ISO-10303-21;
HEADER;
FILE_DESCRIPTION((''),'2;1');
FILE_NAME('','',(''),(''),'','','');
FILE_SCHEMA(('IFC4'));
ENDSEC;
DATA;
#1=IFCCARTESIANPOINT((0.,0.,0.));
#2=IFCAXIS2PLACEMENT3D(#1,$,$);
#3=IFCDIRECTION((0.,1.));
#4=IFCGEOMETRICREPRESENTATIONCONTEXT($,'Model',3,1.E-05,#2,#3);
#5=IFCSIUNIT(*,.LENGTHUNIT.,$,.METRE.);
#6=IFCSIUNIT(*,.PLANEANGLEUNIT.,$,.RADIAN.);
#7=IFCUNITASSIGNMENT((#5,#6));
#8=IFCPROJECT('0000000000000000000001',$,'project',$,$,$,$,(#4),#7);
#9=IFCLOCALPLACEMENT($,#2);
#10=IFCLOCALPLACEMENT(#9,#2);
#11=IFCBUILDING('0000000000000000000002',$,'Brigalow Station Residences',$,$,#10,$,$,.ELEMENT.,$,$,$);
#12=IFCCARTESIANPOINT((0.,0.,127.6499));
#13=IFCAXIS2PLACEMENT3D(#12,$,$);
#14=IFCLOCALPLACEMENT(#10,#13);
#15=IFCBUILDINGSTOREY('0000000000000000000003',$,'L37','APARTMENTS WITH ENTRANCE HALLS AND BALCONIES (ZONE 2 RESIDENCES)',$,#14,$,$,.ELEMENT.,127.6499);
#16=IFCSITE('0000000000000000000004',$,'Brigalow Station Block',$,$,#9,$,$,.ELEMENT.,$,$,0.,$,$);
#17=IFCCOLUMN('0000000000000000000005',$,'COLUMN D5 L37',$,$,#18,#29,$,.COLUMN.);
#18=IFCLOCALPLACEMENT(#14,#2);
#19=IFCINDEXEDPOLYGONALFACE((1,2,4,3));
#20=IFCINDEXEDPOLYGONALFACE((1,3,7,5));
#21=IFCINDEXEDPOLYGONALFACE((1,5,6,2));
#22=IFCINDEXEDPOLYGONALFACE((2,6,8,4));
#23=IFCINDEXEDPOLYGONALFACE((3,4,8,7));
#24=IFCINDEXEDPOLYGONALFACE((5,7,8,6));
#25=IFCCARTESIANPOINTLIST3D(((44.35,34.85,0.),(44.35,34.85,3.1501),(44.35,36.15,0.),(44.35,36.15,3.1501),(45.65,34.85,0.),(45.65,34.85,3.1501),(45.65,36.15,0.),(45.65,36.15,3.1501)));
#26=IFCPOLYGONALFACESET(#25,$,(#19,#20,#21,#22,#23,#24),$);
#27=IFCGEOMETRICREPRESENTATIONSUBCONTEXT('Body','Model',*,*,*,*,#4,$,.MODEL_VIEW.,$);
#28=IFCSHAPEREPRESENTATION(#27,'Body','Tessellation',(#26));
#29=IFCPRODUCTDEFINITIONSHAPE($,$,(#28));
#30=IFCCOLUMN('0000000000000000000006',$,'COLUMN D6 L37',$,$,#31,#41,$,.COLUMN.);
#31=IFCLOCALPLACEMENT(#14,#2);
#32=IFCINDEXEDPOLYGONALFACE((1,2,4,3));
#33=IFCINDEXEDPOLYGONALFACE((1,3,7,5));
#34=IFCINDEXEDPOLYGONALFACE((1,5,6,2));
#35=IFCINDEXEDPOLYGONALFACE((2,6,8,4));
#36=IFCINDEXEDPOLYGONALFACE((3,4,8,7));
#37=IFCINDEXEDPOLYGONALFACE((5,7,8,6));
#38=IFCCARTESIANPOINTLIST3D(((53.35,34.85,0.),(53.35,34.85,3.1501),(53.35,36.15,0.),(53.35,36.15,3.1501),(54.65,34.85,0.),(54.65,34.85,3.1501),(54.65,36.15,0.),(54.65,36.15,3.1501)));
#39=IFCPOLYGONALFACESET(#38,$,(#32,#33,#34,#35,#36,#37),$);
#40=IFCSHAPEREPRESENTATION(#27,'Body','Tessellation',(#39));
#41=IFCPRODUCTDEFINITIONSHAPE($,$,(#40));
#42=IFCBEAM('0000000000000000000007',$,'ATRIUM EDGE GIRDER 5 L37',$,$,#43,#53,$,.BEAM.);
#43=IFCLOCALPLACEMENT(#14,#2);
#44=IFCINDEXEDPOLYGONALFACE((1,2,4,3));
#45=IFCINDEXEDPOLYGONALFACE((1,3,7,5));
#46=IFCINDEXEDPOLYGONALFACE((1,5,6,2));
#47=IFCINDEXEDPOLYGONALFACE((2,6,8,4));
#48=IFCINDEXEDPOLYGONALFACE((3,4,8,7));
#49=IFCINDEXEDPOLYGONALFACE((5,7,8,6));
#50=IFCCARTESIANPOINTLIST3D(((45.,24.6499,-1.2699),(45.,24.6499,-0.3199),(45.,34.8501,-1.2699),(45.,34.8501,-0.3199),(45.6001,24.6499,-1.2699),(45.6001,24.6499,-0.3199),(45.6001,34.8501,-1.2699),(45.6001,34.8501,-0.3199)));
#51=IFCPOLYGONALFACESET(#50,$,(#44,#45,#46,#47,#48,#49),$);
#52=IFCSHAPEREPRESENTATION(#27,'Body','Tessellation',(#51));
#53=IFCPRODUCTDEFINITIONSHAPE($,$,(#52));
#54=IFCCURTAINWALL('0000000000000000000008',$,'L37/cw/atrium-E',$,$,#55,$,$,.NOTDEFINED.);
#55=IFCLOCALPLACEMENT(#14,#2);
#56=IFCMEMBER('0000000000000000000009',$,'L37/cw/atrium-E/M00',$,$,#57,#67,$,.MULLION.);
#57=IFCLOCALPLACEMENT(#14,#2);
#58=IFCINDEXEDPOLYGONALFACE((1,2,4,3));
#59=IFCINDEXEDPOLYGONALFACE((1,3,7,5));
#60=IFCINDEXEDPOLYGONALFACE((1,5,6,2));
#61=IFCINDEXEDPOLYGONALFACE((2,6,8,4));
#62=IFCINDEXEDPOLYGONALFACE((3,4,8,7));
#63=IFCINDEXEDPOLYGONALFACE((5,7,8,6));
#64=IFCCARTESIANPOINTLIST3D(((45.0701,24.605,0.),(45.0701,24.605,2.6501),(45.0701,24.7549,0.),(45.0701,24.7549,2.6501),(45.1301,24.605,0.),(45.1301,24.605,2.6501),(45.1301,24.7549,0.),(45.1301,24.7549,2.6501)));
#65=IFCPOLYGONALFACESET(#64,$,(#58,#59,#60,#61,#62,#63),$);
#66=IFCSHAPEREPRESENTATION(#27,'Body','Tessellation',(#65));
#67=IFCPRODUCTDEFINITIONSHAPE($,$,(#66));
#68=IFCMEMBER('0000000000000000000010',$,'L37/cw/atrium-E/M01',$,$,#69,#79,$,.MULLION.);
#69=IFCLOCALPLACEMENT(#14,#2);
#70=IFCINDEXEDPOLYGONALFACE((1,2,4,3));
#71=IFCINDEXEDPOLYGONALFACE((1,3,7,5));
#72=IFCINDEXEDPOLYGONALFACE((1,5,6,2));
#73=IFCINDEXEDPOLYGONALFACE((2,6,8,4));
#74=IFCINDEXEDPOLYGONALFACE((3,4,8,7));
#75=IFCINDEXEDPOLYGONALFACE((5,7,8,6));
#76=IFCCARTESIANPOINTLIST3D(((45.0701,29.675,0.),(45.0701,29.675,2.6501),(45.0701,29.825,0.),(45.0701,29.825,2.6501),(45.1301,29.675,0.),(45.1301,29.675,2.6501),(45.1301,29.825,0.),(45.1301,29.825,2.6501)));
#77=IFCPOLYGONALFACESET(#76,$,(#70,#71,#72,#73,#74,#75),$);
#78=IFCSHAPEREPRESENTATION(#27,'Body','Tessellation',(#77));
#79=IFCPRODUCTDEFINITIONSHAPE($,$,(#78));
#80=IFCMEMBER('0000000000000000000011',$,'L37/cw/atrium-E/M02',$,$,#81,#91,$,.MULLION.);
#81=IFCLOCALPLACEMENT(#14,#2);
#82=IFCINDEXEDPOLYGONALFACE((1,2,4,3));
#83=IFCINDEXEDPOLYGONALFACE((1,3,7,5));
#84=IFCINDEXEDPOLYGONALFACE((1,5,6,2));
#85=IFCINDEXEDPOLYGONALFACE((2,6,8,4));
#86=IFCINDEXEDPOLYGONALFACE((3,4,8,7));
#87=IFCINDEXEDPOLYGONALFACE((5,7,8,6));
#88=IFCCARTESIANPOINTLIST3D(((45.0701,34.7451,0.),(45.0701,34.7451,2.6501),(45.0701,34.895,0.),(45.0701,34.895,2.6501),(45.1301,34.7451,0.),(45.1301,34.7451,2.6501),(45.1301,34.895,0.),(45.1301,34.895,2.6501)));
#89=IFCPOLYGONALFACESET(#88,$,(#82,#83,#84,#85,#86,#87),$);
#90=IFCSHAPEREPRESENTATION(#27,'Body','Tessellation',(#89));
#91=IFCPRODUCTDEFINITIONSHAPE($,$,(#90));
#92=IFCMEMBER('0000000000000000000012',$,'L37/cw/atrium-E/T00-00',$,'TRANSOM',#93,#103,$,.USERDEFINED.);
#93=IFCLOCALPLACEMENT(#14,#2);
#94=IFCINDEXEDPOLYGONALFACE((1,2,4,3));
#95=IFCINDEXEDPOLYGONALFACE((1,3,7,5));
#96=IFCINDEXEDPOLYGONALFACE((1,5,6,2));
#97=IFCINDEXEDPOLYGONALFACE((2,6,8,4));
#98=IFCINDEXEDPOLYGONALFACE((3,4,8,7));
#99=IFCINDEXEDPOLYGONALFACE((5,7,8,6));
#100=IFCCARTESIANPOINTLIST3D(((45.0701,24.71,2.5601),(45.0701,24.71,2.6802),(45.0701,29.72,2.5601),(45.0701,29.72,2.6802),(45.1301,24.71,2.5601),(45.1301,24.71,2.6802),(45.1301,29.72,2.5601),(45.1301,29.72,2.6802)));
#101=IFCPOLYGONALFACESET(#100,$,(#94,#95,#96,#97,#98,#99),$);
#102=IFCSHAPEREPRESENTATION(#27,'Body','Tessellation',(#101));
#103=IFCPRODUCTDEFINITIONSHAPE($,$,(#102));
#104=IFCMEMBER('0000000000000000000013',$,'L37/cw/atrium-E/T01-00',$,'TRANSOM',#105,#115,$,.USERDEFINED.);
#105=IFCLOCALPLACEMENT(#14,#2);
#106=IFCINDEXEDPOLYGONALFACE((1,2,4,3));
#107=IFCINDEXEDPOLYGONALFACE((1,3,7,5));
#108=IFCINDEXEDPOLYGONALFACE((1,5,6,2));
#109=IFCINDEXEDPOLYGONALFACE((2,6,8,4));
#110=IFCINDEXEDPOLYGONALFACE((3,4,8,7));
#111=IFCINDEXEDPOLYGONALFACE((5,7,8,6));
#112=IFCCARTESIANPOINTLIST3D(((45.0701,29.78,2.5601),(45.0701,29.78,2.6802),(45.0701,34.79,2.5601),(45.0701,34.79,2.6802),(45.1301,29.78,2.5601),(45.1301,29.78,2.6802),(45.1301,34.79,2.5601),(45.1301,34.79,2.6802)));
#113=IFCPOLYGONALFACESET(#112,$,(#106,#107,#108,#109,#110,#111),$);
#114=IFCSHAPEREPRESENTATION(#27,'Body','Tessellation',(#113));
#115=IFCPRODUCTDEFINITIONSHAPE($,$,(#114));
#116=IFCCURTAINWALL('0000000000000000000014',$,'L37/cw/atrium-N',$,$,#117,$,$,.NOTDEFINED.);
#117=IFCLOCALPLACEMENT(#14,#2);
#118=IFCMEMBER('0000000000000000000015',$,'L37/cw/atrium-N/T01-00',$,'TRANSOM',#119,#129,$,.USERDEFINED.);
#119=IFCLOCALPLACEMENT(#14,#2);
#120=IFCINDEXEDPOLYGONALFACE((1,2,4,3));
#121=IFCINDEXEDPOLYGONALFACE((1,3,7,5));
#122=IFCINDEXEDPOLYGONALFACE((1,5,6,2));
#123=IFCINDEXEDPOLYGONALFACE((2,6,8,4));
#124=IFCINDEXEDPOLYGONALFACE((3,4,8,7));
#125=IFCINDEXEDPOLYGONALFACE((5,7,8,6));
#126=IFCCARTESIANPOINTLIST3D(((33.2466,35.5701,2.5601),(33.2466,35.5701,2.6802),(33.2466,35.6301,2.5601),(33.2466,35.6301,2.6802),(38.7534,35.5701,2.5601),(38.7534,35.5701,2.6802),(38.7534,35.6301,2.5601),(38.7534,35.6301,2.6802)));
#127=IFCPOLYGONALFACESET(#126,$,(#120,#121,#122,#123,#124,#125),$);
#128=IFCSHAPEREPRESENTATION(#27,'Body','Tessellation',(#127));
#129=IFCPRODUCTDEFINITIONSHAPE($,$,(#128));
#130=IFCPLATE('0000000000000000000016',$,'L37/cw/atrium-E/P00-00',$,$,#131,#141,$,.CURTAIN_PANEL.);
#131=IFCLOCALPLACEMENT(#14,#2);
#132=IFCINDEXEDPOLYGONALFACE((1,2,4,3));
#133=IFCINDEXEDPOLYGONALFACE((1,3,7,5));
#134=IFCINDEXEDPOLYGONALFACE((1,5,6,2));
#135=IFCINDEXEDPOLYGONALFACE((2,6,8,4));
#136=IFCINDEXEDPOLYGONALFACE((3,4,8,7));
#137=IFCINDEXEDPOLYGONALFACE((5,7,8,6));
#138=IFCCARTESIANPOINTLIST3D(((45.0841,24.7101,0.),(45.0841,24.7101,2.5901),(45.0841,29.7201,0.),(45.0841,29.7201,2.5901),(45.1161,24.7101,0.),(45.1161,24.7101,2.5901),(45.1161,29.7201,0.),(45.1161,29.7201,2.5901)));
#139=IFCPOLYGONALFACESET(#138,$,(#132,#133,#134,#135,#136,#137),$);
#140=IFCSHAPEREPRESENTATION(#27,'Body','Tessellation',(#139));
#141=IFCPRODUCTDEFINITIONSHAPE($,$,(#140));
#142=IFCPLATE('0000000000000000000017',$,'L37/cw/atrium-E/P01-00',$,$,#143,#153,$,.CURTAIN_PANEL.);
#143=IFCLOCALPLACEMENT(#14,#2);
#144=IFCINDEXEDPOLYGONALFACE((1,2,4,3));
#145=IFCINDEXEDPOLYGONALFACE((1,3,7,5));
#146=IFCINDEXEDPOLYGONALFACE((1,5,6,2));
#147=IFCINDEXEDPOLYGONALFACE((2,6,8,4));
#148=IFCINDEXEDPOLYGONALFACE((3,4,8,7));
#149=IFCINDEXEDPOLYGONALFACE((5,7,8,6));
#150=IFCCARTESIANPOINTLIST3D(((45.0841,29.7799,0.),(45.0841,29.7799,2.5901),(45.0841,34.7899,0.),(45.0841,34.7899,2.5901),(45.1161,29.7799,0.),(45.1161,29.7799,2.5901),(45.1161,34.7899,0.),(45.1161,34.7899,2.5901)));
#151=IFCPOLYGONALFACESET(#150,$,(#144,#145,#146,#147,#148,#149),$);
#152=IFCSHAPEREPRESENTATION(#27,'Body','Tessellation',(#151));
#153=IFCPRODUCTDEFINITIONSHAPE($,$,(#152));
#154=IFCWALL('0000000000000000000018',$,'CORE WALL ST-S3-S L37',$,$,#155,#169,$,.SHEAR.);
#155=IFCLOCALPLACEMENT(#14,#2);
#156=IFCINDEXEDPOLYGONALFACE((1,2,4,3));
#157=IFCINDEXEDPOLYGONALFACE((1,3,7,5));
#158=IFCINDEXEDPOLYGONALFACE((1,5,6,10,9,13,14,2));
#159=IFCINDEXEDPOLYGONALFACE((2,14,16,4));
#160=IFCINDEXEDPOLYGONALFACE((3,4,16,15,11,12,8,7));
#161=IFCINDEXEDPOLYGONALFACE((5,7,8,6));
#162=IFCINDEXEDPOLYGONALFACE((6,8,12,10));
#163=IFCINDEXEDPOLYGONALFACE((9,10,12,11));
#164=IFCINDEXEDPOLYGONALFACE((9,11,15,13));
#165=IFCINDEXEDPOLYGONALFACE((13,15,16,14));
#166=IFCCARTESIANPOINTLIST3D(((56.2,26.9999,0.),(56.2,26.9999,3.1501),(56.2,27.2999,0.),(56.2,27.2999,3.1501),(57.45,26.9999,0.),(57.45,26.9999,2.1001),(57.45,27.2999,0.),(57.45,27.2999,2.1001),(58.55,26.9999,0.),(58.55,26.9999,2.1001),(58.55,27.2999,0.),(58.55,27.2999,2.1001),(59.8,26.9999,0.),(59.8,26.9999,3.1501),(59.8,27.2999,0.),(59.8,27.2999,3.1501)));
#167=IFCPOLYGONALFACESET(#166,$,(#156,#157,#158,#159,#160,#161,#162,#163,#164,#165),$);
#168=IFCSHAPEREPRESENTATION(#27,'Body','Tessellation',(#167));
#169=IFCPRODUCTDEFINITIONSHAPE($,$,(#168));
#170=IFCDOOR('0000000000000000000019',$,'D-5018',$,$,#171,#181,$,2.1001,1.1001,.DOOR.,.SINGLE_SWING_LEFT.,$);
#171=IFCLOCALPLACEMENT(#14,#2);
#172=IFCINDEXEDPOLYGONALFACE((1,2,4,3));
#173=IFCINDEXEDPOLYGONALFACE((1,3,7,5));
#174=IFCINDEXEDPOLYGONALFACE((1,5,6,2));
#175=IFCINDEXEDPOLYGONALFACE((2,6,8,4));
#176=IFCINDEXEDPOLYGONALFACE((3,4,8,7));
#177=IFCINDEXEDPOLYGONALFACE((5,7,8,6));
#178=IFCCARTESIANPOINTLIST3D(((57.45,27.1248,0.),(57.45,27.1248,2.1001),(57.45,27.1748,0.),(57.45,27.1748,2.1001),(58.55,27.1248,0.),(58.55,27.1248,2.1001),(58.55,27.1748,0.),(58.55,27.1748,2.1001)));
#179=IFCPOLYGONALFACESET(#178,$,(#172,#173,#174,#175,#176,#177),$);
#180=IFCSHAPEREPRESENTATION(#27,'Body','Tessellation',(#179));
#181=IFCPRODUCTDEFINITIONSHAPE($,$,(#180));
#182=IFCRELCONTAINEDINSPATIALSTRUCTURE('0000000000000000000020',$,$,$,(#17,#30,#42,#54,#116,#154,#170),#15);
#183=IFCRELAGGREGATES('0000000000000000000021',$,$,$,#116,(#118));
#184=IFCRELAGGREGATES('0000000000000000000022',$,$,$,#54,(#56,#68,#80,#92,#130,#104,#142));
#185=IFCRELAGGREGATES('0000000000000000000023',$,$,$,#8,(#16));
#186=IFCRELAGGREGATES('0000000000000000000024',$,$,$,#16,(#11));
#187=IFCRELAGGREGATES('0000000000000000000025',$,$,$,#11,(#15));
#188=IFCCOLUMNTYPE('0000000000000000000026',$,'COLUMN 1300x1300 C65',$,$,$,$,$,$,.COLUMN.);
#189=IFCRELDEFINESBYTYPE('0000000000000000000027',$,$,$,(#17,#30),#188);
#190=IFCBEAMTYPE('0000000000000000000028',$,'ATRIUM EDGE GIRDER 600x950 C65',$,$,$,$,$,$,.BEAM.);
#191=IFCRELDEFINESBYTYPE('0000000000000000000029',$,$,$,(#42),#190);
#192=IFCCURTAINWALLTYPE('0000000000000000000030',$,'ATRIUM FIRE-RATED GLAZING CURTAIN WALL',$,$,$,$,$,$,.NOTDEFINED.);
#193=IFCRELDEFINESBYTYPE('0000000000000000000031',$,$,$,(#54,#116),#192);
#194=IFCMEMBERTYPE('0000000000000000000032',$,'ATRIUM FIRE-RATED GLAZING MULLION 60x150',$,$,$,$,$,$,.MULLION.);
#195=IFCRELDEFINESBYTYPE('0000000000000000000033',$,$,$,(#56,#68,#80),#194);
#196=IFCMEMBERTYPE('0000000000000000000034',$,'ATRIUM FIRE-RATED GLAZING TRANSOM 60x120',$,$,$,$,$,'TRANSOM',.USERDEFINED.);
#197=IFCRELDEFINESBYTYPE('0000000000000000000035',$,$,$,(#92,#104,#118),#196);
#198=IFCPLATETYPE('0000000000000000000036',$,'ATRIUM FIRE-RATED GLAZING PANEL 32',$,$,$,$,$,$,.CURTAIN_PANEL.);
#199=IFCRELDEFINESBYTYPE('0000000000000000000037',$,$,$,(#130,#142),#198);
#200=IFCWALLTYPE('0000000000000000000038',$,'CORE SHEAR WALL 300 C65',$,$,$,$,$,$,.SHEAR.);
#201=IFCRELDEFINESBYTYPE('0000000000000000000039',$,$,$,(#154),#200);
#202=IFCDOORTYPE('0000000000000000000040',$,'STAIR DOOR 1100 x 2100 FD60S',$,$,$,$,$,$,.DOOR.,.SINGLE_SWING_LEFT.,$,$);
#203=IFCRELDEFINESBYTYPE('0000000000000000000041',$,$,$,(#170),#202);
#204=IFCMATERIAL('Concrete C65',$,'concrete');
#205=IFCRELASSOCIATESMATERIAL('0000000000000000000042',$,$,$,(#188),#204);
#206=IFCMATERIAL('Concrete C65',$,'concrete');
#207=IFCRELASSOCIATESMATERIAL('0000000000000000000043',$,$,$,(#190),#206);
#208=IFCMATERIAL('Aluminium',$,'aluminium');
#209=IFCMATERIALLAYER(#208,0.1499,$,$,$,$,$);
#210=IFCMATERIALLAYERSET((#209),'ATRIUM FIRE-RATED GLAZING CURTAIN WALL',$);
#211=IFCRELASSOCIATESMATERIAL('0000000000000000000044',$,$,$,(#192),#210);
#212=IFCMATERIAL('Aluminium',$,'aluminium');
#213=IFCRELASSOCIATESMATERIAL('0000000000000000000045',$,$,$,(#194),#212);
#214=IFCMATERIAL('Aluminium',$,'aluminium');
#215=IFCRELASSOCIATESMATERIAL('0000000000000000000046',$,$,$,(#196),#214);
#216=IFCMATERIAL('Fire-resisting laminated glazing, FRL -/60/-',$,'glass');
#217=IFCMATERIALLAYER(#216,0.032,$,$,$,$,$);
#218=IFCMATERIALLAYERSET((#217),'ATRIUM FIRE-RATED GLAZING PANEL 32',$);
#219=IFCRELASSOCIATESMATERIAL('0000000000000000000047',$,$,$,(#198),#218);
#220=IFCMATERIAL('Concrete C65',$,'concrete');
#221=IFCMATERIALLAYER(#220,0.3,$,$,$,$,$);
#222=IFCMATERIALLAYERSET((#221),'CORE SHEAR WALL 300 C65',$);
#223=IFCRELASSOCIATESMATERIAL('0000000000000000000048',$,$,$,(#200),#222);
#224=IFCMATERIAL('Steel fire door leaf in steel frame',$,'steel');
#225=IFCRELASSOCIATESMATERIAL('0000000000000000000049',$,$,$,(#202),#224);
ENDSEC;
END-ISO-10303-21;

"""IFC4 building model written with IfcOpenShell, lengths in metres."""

from ifc_helpers import new_model, si_unit, direction, frame, frame_2d, origin, origin_2d, place, context, subcontext, project, spatial, rectangle, extrude, material, layer, layer_set, material_profile, profile_set, type_object, element, fill, aggregate, save


model = new_model("IFC4")

# Units and contexts
model_context = context("Model", 3, precision=1e-05, world=origin(), true_north=direction((0.0, 1.0)))
body_context = subcontext(model_context, "Body", "Model", "MODEL_VIEW")
ifc_project = project(units=[si_unit("LENGTHUNIT", "METRE"), si_unit("PLANEANGLEUNIT", "RADIAN")], contexts=[model_context])

# Site, building, storey
site_placement = place(None, origin())
site = spatial("IfcSite", under=ifc_project, at=site_placement, Name="Brigalow Station Block", CompositionType="ELEMENT", RefElevation=0.0)
building_placement = place(site_placement, origin())
building = spatial("IfcBuilding", under=site, at=building_placement, Name="Brigalow Station Residences", CompositionType="ELEMENT")
storey_placement = place(building_placement, frame((0.0, 0.0, 127.6499)))
storey = spatial("IfcBuildingStorey", under=building, at=storey_placement, Name="L37", Description="APARTMENTS WITH ENTRANCE HALLS AND BALCONIES (ZONE 2 RESIDENCES)", CompositionType="ELEMENT", Elevation=127.6499)

# Columns
ifc_material_1 = material(Name="Concrete C65", Category="concrete")
ifc_material_profile_1 = material_profile(ifc_material_1, rectangle(XDim=1.3, YDim=1.3, at=origin_2d()), Name="RC1300x1300")
ifc_profile_set_1 = profile_set([ifc_material_profile_1], Name="Concrete C65")
column_type = type_object("IfcColumnType", Name="COLUMN 1300x1300 C65", PredefinedType="COLUMN", material=ifc_profile_set_1)
for number, where, z_axis, x_axis, name in (
    (1, (45.0, 35.5, 0.0), (0.0, 0.0, 1.0), (1.0, 0.0, 0.0), "COLUMN D5 L37"),
    (2, (54.0, 35.5, 0.0), (0.0, 0.0, 1.0), (1.0, 0.0, 0.0), "COLUMN D6 L37"),
):
    element("IfcColumn", number, at=place(storey_placement, frame(where, z_axis=z_axis, x_axis=x_axis)), inside=storey, type_object=column_type, Name=name, PredefinedType="COLUMN", context=body_context, shape_type="SweptSolid", body=[
        extrude(rectangle(XDim=1.3, YDim=1.3, at=origin_2d()), origin(), (0.0, 0.0, 1.0), 3.1501),
    ])

# Beam
ifc_material_2 = material(Name="Concrete C65", Category="concrete")
ifc_material_profile_2 = material_profile(ifc_material_2, rectangle(XDim=0.6001, YDim=0.95, at=origin_2d()), Name="RC600x950")
ifc_profile_set_2 = profile_set([ifc_material_profile_2], Name="Concrete C65")
beam_type = type_object("IfcBeamType", Name="ATRIUM EDGE GIRDER 600x950 C65", PredefinedType="BEAM", material=ifc_profile_set_2)
beam_placement = place(storey_placement, frame((45.3, 24.6499, -0.7949), z_axis=(0.0, 1.0, 0.0), x_axis=(-1.0, 0.0, 0.0)))
element("IfcBeam", 3, at=beam_placement, inside=storey, type_object=beam_type, Name="ATRIUM EDGE GIRDER 5 L37", PredefinedType="BEAM", context=body_context, shape_type="SweptSolid", body=[
    extrude(rectangle(XDim=0.6001, YDim=0.95, at=origin_2d()), origin(), (0.0, 0.0, 1.0), 10.2002),
])

# Curtain wall, members
ifc_material_3 = material(Name="Aluminium", Category="aluminium")
ifc_layer_1 = layer(ifc_material_3, 0.1499)
ifc_layer_set_1 = layer_set([ifc_layer_1], Name="ATRIUM FIRE-RATED GLAZING CURTAIN WALL")
curtain_wall_type = type_object("IfcCurtainWallType", Name="ATRIUM FIRE-RATED GLAZING CURTAIN WALL", PredefinedType="NOTDEFINED", material=ifc_layer_set_1)
curtain_wall_1_placement = place(storey_placement, origin())
curtain_wall_1 = element("IfcCurtainWall", 4, at=curtain_wall_1_placement, inside=storey, type_object=curtain_wall_type, Name="L37/cw/atrium-E", PredefinedType="NOTDEFINED")
ifc_material_4 = material(Name="Aluminium", Category="aluminium")
ifc_material_profile_3 = material_profile(ifc_material_4, rectangle(XDim=0.0601, YDim=0.1499, at=origin_2d()), Name="ATRIUM FIRE-RATED GLAZING MULLION 60x150")
ifc_profile_set_3 = profile_set([ifc_material_profile_3], Name="Aluminium")
member_type_1 = type_object("IfcMemberType", Name="ATRIUM FIRE-RATED GLAZING MULLION 60x150", PredefinedType="MULLION", material=ifc_profile_set_3)
member_1_placement = place(storey_placement, frame((45.1001, 24.6799, 0.0), z_axis=(0.0, 0.0, 1.0), x_axis=(-1.0, 0.0, 0.0)))
member_1 = element("IfcMember", 5, at=member_1_placement, type_object=member_type_1, Name="L37/cw/atrium-E/M00", PredefinedType="MULLION", context=body_context, shape_type="SweptSolid", body=[
    extrude(rectangle(XDim=0.0601, YDim=0.1499, at=origin_2d()), origin(), (0.0, 0.0, 1.0), 2.6501),
])
member_2_placement = place(storey_placement, frame((45.1001, 29.75, 0.0), z_axis=(0.0, 0.0, 1.0), x_axis=(-1.0, 0.0, 0.0)))
member_2 = element("IfcMember", 6, at=member_2_placement, type_object=member_type_1, Name="L37/cw/atrium-E/M01", PredefinedType="MULLION", context=body_context, shape_type="SweptSolid", body=[
    extrude(rectangle(XDim=0.0601, YDim=0.1499, at=origin_2d()), origin(), (0.0, 0.0, 1.0), 2.6501),
])
member_3_placement = place(storey_placement, frame((45.1001, 34.8201, 0.0), z_axis=(0.0, 0.0, 1.0), x_axis=(-1.0, 0.0, 0.0)))
member_3 = element("IfcMember", 7, at=member_3_placement, type_object=member_type_1, Name="L37/cw/atrium-E/M02", PredefinedType="MULLION", context=body_context, shape_type="SweptSolid", body=[
    extrude(rectangle(XDim=0.0601, YDim=0.1499, at=origin_2d()), origin(), (0.0, 0.0, 1.0), 2.6501),
])
ifc_material_5 = material(Name="Aluminium", Category="aluminium")
ifc_material_profile_4 = material_profile(ifc_material_5, rectangle(XDim=0.0601, YDim=0.1201, at=origin_2d()), Name="ATRIUM FIRE-RATED GLAZING TRANSOM 60x120")
ifc_profile_set_4 = profile_set([ifc_material_profile_4], Name="Aluminium")
member_type_2 = type_object("IfcMemberType", Name="ATRIUM FIRE-RATED GLAZING TRANSOM 60x120", ElementType="TRANSOM", PredefinedType="USERDEFINED", material=ifc_profile_set_4)
member_4_placement = place(storey_placement, frame((45.1001, 24.71, 2.6201), z_axis=(0.0, 1.0, 0.0), x_axis=(-1.0, 0.0, 0.0)))
member_4 = element("IfcMember", 8, at=member_4_placement, type_object=member_type_2, Name="L37/cw/atrium-E/T00-00", ObjectType="TRANSOM", PredefinedType="USERDEFINED", context=body_context, shape_type="SweptSolid", body=[
    extrude(rectangle(XDim=0.0601, YDim=0.1201, at=origin_2d()), origin(), (0.0, 0.0, 1.0), 5.01),
])
member_5_placement = place(storey_placement, frame((45.1001, 29.78, 2.6201), z_axis=(0.0, 1.0, 0.0), x_axis=(-1.0, 0.0, 0.0)))
member_5 = element("IfcMember", 9, at=member_5_placement, type_object=member_type_2, Name="L37/cw/atrium-E/T01-00", ObjectType="TRANSOM", PredefinedType="USERDEFINED", context=body_context, shape_type="SweptSolid", body=[
    extrude(rectangle(XDim=0.0601, YDim=0.1201, at=origin_2d()), origin(), (0.0, 0.0, 1.0), 5.01),
])

# Curtain wall, member
curtain_wall_2_placement = place(storey_placement, origin())
curtain_wall_2 = element("IfcCurtainWall", 10, at=curtain_wall_2_placement, inside=storey, type_object=curtain_wall_type, Name="L37/cw/atrium-N", PredefinedType="NOTDEFINED")
member_6_placement = place(storey_placement, frame((38.7534, 35.6001, 2.6201), z_axis=(-1.0, 0.0, 0.0), x_axis=(0.0, -1.0, 0.0)))
member_6 = element("IfcMember", 11, at=member_6_placement, type_object=member_type_2, Name="L37/cw/atrium-N/T01-00", ObjectType="TRANSOM", PredefinedType="USERDEFINED", context=body_context, shape_type="SweptSolid", body=[
    extrude(rectangle(XDim=0.0601, YDim=0.1201, at=origin_2d()), origin(), (0.0, 0.0, 1.0), 5.5068),
])
aggregate(curtain_wall_2, [member_6])

# Plates
ifc_material_6 = material(Name="Fire-resisting laminated glazing, FRL -/60/-", Category="glass")
ifc_layer_2 = layer(ifc_material_6, 0.032)
ifc_layer_set_2 = layer_set([ifc_layer_2], Name="ATRIUM FIRE-RATED GLAZING PANEL 32")
plate_type = type_object("IfcPlateType", Name="ATRIUM FIRE-RATED GLAZING PANEL 32", PredefinedType="CURTAIN_PANEL", material=ifc_layer_set_2)
plate_1_placement = place(storey_placement, frame((45.1001, 27.2151, 0.0), z_axis=(0.0, 0.0, 1.0), x_axis=(0.0, 1.0, 0.0)))
plate_1 = element("IfcPlate", 12, at=plate_1_placement, type_object=plate_type, Name="L37/cw/atrium-E/P00-00", PredefinedType="CURTAIN_PANEL", context=body_context, shape_type="SweptSolid", body=[
    extrude(rectangle(XDim=5.01, YDim=0.032, at=origin_2d()), origin(), (0.0, 0.0, 1.0), 2.5901),
])
plate_2_placement = place(storey_placement, frame((45.1001, 32.2849, 0.0), z_axis=(0.0, 0.0, 1.0), x_axis=(0.0, 1.0, 0.0)))
plate_2 = element("IfcPlate", 13, at=plate_2_placement, type_object=plate_type, Name="L37/cw/atrium-E/P01-00", PredefinedType="CURTAIN_PANEL", context=body_context, shape_type="SweptSolid", body=[
    extrude(rectangle(XDim=5.01, YDim=0.032, at=origin_2d()), origin(), (0.0, 0.0, 1.0), 2.5901),
])
aggregate(curtain_wall_1, [member_1, member_2, member_3, member_4, plate_1, member_5, plate_2])

# Wall, opening, door
ifc_material_7 = material(Name="Concrete C65", Category="concrete")
ifc_layer_3 = layer(ifc_material_7, 0.3)
ifc_layer_set_3 = layer_set([ifc_layer_3], Name="CORE SHEAR WALL 300 C65")
wall_type_1 = type_object("IfcWallType", Name="CORE SHEAR WALL 300 C65", PredefinedType="SHEAR", material=ifc_layer_set_3)
wall_1_placement = place(storey_placement, frame((56.2, 27.1499, 0.0), z_axis=(0.0, 0.0, 1.0), x_axis=(1.0, 0.0, 0.0)))
wall_1 = element("IfcWall", 14, at=wall_1_placement, inside=storey, type_object=wall_type_1, Name="CORE WALL ST-S3-S L37", PredefinedType="SHEAR", context=body_context, shape_type="SweptSolid", body=[
    extrude(rectangle(XDim=3.6001, YDim=0.3, at=frame_2d((1.8, 0.0))), origin(), (0.0, 0.0, 1.0), 3.1501),
])
opening_1_placement = place(wall_1_placement, frame((1.25, 0.0, 0.0)))
opening_1 = element("IfcOpeningElement", 15, at=opening_1_placement, cuts=wall_1, PredefinedType="OPENING", context=body_context, shape_type="SweptSolid", body=[
    extrude(rectangle(XDim=1.1001, YDim=2.1001, at=frame_2d((0.55, 1.05))), frame((0.0, 0.1602, 0.0), z_axis=(0.0, -1.0, 0.0), x_axis=(1.0, 0.0, 0.0)), (0.0, 0.0, 1.0), 0.3201),
])
ifc_material_8 = material(Name="Steel fire door leaf in steel frame", Category="steel")
door_type_1 = type_object("IfcDoorType", Name="STAIR DOOR 1100 x 2100 FD60S", OperationType="SINGLE_SWING_LEFT", PredefinedType="DOOR", material=ifc_material_8)
door_1_placement = place(opening_1_placement, origin())
door_1 = element("IfcDoor", 16, at=door_1_placement, inside=storey, type_object=door_type_1, Name="D-5018", OperationType="SINGLE_SWING_LEFT", OverallHeight=2.1001, OverallWidth=1.1001, PredefinedType="DOOR", context=body_context, shape_type="SweptSolid", body=[
    extrude(rectangle(XDim=1.1001, YDim=2.1001, at=frame_2d((0.55, 1.05))), frame((0.0, 0.0249, 0.0), z_axis=(0.0, -1.0, 0.0), x_axis=(1.0, 0.0, 0.0)), (0.0, 0.0, 1.0), 0.05),
])
fill(opening_1, door_1)

save(model, "model.ifc")
